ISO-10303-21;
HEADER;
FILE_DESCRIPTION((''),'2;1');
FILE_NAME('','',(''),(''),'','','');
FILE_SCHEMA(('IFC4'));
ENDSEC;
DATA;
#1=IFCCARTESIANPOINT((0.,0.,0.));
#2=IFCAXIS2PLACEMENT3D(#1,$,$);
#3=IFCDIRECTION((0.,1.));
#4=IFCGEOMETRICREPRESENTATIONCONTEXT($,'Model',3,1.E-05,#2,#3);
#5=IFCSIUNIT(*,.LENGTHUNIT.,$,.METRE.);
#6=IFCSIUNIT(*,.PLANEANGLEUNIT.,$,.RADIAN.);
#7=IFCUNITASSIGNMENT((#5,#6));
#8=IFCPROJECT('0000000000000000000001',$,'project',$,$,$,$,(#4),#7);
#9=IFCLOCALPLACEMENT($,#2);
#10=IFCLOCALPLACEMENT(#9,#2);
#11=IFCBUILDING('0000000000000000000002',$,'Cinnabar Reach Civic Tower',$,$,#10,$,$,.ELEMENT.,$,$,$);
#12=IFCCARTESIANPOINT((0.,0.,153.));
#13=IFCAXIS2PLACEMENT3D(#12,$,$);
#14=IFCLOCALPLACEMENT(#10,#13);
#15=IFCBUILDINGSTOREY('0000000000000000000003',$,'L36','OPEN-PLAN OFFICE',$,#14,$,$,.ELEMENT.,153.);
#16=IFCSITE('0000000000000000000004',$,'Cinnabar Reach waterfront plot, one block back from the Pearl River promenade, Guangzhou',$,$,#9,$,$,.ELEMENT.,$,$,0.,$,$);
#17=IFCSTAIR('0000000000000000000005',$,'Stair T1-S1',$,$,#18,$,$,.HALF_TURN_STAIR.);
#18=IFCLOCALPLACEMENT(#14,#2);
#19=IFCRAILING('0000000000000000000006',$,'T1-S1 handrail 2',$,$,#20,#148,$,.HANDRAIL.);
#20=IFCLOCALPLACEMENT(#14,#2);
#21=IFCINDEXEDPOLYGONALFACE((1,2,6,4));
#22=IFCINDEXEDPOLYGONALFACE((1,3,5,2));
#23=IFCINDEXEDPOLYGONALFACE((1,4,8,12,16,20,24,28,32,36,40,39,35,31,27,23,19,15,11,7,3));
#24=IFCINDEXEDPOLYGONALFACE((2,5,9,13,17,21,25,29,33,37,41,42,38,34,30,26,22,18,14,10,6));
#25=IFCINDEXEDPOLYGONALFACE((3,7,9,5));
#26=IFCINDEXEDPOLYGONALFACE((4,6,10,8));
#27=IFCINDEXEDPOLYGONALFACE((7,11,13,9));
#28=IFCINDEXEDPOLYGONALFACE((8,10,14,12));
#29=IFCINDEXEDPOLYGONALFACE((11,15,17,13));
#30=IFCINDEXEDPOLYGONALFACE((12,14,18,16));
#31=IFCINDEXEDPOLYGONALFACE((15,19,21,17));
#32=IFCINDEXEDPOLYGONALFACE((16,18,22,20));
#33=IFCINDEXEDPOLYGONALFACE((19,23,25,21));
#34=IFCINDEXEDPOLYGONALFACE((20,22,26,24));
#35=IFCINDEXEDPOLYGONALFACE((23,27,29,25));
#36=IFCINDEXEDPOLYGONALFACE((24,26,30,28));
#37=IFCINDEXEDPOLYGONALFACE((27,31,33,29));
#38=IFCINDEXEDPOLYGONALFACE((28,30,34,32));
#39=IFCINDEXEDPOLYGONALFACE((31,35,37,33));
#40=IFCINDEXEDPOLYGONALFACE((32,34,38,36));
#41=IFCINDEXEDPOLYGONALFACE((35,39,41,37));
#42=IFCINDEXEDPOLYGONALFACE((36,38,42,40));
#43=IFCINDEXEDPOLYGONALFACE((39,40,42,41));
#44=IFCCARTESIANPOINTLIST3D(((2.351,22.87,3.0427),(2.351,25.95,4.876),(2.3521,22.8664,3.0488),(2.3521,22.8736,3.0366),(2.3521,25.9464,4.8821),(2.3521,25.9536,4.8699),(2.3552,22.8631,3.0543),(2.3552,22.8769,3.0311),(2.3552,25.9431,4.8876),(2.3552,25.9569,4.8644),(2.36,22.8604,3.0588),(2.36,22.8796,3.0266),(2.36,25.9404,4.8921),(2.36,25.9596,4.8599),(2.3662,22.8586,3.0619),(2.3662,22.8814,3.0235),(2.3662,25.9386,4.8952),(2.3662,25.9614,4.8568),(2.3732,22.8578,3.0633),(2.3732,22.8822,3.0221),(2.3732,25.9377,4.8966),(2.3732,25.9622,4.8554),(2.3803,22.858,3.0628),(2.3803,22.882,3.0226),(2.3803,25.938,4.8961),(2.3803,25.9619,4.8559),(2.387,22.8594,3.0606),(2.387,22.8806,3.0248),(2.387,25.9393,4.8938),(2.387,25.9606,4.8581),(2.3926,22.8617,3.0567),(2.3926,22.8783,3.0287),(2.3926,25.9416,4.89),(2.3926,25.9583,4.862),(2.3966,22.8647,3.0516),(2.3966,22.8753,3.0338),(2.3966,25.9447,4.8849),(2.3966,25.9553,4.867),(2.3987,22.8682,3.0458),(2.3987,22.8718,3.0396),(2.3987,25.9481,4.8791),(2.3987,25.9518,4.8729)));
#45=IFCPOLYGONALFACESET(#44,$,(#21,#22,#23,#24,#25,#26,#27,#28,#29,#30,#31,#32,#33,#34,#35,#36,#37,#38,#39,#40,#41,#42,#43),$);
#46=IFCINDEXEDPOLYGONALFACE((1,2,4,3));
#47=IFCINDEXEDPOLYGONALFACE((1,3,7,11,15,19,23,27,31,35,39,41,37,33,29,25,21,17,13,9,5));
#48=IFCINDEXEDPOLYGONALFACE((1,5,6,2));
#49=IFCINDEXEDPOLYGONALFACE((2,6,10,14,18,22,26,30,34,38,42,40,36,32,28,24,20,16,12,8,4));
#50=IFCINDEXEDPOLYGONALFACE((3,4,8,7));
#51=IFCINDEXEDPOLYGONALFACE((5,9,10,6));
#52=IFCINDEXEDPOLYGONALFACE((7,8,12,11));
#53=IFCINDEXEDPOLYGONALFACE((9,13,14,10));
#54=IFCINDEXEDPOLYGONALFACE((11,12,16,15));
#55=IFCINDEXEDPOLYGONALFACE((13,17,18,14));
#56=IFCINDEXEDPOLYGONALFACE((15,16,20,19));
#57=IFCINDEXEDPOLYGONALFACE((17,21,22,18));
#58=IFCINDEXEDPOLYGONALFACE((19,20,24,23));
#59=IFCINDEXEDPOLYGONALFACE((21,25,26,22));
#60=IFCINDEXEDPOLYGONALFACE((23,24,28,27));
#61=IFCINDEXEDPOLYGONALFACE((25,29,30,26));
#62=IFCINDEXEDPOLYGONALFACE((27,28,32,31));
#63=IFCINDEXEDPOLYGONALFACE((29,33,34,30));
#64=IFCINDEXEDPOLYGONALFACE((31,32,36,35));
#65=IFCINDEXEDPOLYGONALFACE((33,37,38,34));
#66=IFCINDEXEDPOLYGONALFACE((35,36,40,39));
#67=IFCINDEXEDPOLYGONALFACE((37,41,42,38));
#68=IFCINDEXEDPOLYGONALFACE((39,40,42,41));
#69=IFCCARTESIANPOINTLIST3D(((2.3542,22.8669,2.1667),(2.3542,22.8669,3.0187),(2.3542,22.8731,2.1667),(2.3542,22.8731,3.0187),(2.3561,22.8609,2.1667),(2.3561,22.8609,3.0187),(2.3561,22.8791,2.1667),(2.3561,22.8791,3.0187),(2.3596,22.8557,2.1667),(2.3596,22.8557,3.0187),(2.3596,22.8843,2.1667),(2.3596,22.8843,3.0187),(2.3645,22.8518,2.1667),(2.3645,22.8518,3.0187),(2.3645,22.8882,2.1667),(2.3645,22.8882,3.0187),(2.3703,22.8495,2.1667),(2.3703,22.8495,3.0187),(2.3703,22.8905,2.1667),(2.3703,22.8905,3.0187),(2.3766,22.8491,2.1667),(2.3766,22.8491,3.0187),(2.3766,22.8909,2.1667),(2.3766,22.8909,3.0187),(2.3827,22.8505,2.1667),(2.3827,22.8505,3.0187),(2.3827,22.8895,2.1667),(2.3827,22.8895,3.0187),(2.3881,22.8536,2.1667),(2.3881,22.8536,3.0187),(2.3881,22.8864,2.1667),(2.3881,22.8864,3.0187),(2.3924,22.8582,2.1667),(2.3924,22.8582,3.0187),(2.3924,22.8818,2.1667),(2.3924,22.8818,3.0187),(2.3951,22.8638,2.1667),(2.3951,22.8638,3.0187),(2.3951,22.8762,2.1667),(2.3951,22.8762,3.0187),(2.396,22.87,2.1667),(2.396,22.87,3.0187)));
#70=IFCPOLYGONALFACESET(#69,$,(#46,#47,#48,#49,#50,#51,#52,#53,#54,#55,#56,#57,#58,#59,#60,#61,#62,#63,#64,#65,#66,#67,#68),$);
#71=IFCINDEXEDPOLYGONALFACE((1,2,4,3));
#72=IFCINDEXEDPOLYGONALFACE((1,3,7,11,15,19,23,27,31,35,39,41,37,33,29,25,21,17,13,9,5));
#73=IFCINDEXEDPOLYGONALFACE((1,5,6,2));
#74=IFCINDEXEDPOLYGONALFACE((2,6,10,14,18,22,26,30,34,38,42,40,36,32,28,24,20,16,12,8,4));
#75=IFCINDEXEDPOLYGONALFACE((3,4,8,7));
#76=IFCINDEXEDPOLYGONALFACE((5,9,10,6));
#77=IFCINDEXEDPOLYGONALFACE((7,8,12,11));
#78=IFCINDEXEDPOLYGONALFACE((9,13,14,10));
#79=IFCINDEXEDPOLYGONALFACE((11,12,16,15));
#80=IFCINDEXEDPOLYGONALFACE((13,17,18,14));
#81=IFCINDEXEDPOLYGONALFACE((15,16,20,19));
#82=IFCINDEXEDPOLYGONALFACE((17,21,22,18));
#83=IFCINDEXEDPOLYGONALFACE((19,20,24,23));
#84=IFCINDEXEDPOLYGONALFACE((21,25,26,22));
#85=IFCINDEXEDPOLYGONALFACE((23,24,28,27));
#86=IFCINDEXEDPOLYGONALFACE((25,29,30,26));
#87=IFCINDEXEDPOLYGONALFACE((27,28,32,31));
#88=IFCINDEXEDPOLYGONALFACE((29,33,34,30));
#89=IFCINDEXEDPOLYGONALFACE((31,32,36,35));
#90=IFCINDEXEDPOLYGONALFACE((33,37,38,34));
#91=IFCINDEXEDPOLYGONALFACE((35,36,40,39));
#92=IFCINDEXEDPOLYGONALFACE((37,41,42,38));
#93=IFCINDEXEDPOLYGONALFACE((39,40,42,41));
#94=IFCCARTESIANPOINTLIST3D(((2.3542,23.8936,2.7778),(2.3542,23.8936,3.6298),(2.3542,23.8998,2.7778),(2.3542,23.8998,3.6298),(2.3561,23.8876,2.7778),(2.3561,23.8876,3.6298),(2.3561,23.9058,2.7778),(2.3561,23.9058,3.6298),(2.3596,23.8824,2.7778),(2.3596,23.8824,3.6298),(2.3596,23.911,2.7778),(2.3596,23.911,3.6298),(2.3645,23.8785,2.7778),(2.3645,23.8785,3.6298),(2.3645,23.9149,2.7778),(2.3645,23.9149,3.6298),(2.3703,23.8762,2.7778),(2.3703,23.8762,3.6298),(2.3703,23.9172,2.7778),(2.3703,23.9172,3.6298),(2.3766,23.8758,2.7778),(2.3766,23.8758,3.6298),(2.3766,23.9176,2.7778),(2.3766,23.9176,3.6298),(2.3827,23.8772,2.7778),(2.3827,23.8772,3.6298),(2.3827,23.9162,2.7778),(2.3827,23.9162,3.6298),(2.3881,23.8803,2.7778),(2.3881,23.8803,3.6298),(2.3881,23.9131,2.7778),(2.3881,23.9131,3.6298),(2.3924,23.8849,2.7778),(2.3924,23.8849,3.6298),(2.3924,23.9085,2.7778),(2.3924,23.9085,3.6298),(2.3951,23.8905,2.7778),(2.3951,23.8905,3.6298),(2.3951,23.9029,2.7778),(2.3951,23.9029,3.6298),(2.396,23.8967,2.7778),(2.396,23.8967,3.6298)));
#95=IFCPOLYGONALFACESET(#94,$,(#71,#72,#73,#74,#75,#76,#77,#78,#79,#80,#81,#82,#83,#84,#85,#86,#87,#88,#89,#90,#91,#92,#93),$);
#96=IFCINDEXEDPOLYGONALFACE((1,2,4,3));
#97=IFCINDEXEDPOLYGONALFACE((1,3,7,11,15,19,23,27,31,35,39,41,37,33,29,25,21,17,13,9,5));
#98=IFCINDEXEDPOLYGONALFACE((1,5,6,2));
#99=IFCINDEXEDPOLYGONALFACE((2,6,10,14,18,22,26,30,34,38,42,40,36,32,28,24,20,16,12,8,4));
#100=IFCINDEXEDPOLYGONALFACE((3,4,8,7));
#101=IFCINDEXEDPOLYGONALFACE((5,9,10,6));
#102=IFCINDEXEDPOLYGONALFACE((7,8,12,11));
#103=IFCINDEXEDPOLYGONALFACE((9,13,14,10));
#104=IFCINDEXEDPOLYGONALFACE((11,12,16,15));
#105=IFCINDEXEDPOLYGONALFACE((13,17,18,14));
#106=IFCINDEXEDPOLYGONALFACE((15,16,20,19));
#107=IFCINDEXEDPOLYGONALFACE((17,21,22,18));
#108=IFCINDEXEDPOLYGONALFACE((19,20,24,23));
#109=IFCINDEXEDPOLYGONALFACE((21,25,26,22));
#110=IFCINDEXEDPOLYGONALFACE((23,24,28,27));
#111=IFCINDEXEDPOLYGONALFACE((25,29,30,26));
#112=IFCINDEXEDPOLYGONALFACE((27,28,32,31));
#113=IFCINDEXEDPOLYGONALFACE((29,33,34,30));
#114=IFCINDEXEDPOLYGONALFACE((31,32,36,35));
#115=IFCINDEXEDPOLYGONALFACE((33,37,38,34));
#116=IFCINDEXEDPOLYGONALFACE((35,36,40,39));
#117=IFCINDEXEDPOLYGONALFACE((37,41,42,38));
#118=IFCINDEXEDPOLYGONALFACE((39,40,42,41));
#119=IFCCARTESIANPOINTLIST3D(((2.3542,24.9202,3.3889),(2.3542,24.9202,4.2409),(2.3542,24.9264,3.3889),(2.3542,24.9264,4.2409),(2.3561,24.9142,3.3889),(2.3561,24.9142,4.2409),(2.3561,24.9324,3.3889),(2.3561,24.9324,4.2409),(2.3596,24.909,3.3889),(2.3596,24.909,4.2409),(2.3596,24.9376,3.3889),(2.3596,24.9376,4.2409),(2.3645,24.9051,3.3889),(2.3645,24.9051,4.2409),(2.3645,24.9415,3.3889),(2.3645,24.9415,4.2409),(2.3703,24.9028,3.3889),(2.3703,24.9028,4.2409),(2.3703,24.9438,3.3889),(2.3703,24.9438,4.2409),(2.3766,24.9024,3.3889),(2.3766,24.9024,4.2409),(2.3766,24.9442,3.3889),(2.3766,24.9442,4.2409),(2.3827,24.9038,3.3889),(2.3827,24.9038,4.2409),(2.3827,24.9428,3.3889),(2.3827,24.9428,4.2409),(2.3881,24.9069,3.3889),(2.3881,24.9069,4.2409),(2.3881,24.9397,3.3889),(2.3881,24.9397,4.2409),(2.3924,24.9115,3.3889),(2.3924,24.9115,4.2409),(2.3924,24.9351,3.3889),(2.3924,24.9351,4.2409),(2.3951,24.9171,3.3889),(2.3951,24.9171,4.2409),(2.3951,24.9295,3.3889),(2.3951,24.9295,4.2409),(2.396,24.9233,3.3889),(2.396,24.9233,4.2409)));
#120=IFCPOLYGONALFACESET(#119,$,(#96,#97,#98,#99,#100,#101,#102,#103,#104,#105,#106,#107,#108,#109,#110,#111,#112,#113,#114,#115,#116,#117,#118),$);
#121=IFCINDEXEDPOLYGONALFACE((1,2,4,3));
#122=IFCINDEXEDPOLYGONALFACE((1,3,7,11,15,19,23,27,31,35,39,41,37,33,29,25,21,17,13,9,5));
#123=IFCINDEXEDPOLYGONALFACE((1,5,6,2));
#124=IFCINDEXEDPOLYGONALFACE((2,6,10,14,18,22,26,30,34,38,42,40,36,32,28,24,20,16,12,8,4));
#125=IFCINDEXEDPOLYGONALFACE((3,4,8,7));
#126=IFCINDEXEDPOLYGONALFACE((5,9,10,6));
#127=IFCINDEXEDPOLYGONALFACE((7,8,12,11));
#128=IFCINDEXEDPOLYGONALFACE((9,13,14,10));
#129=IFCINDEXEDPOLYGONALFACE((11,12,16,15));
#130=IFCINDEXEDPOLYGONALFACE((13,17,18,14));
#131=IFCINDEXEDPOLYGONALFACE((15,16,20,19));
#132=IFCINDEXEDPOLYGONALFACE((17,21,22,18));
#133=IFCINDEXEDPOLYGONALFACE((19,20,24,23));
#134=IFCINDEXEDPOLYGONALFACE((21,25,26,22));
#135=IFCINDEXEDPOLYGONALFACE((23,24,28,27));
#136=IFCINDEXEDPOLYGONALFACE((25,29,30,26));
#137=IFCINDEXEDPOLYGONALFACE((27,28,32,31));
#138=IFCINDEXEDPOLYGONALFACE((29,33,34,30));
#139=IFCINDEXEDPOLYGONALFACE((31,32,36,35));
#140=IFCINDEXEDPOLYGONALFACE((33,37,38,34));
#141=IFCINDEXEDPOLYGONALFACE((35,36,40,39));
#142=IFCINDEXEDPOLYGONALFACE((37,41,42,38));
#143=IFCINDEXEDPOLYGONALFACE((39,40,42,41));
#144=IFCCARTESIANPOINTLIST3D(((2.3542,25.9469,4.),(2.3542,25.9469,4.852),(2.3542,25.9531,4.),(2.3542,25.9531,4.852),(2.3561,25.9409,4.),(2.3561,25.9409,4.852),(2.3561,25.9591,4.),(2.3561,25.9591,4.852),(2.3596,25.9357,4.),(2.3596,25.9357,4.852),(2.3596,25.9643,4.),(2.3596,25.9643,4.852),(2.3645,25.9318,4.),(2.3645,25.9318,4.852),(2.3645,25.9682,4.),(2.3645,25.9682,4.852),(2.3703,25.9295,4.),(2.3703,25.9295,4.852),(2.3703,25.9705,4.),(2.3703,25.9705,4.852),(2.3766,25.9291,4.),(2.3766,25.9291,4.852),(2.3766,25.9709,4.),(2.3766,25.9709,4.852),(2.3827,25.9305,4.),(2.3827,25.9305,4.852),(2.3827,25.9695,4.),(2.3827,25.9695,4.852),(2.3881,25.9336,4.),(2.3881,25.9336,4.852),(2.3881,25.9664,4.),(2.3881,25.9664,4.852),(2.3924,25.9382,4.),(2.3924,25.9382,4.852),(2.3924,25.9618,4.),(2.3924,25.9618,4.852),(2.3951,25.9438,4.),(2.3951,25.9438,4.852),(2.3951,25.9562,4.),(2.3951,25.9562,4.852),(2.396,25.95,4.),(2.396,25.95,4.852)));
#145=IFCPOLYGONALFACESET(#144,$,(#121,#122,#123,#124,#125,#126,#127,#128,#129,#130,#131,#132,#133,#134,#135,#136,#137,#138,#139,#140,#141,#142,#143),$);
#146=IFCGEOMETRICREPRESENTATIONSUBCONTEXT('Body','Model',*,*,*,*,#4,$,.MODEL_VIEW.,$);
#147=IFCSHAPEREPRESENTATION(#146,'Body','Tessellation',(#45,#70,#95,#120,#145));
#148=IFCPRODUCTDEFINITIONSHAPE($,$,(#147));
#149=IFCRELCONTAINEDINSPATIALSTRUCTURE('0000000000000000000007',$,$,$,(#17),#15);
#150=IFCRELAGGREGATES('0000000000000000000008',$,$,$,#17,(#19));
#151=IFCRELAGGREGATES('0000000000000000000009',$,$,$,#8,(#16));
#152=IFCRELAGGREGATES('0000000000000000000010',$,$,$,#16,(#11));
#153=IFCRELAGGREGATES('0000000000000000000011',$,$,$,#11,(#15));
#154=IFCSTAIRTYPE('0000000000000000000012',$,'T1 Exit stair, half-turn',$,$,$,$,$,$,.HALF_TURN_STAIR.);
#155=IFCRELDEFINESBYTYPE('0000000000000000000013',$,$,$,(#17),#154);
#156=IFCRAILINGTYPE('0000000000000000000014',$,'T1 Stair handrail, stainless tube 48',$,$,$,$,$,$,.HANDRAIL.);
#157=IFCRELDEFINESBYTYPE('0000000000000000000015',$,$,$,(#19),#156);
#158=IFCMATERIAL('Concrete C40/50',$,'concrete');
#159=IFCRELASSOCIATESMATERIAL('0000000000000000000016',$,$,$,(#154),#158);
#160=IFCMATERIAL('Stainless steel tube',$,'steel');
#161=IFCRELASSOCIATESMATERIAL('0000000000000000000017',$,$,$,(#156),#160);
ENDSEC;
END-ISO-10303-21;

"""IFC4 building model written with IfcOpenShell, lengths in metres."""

from ifc_helpers import new_model, si_unit, direction, frame, origin, origin_2d, place, context, subcontext, project, spatial, circle, extrude, material, type_object, element, aggregate, save


model = new_model("IFC4")

# Units and contexts
model_context = context("Model", 3, precision=1e-05, world=origin(), true_north=direction((0.0, 1.0)))
body_context = subcontext(model_context, "Body", "Model", "MODEL_VIEW")
ifc_project = project(units=[si_unit("LENGTHUNIT", "METRE"), si_unit("PLANEANGLEUNIT", "RADIAN")], contexts=[model_context])

# Site, building, storey
site_placement = place(None, origin())
site = spatial("IfcSite", under=ifc_project, at=site_placement, Name="Cinnabar Reach waterfront plot, one block back from the Pearl River promenade, Guangzhou", CompositionType="ELEMENT", RefElevation=0.0)
building_placement = place(site_placement, origin())
building = spatial("IfcBuilding", under=site, at=building_placement, Name="Cinnabar Reach Civic Tower", CompositionType="ELEMENT")
storey_placement = place(building_placement, frame((0.0, 0.0, 153.0)))
storey = spatial("IfcBuildingStorey", under=building, at=storey_placement, Name="L36", Description="OPEN-PLAN OFFICE", CompositionType="ELEMENT", Elevation=153.0)

# Shared definitions
ifc_material_1 = material(Name="Concrete C40/50", Category="concrete")

# Stair, railing
stair_type = type_object("IfcStairType", Name="T1 Exit stair, half-turn", PredefinedType="HALF_TURN_STAIR", material=ifc_material_1)
stair_placement = place(storey_placement, origin())
stair = element("IfcStair", 1, at=stair_placement, inside=storey, type_object=stair_type, Name="Stair T1-S1", PredefinedType="HALF_TURN_STAIR")
ifc_material_2 = material(Name="Stainless steel tube", Category="steel")
railing_type = type_object("IfcRailingType", Name="T1 Stair handrail, stainless tube 48", PredefinedType="HANDRAIL", material=ifc_material_2)
railing_1_placement = place(storey_placement, frame((2.375, 22.87, 2.1667)))
railing_1 = element("IfcRailing", 2, at=railing_1_placement, type_object=railing_type, Name="T1-S1 handrail 2", PredefinedType="HANDRAIL", context=body_context, shape_type="SweptSolid", body=[
    extrude(circle(Radius=0.024, at=origin_2d()), frame((0.0, 0.0, 0.876), z_axis=(0.0, 0.859297, 0.511477), x_axis=(-1.0, 0.0, 0.0)), (0.0, 0.0, 1.0), 3.5843),
    extrude(circle(Radius=0.021, at=origin_2d()), origin(), (0.0, 0.0, 1.0), 0.852),
    extrude(circle(Radius=0.021, at=origin_2d()), frame((0.0, 1.0267, 0.6111)), (0.0, 0.0, 1.0), 0.852),
    extrude(circle(Radius=0.021, at=origin_2d()), frame((0.0, 2.0533, 1.2222)), (0.0, 0.0, 1.0), 0.852),
    extrude(circle(Radius=0.021, at=origin_2d()), frame((0.0, 3.08, 1.8333)), (0.0, 0.0, 1.0), 0.852),
])
aggregate(stair, [railing_1])

save(model, "model.ifc")
